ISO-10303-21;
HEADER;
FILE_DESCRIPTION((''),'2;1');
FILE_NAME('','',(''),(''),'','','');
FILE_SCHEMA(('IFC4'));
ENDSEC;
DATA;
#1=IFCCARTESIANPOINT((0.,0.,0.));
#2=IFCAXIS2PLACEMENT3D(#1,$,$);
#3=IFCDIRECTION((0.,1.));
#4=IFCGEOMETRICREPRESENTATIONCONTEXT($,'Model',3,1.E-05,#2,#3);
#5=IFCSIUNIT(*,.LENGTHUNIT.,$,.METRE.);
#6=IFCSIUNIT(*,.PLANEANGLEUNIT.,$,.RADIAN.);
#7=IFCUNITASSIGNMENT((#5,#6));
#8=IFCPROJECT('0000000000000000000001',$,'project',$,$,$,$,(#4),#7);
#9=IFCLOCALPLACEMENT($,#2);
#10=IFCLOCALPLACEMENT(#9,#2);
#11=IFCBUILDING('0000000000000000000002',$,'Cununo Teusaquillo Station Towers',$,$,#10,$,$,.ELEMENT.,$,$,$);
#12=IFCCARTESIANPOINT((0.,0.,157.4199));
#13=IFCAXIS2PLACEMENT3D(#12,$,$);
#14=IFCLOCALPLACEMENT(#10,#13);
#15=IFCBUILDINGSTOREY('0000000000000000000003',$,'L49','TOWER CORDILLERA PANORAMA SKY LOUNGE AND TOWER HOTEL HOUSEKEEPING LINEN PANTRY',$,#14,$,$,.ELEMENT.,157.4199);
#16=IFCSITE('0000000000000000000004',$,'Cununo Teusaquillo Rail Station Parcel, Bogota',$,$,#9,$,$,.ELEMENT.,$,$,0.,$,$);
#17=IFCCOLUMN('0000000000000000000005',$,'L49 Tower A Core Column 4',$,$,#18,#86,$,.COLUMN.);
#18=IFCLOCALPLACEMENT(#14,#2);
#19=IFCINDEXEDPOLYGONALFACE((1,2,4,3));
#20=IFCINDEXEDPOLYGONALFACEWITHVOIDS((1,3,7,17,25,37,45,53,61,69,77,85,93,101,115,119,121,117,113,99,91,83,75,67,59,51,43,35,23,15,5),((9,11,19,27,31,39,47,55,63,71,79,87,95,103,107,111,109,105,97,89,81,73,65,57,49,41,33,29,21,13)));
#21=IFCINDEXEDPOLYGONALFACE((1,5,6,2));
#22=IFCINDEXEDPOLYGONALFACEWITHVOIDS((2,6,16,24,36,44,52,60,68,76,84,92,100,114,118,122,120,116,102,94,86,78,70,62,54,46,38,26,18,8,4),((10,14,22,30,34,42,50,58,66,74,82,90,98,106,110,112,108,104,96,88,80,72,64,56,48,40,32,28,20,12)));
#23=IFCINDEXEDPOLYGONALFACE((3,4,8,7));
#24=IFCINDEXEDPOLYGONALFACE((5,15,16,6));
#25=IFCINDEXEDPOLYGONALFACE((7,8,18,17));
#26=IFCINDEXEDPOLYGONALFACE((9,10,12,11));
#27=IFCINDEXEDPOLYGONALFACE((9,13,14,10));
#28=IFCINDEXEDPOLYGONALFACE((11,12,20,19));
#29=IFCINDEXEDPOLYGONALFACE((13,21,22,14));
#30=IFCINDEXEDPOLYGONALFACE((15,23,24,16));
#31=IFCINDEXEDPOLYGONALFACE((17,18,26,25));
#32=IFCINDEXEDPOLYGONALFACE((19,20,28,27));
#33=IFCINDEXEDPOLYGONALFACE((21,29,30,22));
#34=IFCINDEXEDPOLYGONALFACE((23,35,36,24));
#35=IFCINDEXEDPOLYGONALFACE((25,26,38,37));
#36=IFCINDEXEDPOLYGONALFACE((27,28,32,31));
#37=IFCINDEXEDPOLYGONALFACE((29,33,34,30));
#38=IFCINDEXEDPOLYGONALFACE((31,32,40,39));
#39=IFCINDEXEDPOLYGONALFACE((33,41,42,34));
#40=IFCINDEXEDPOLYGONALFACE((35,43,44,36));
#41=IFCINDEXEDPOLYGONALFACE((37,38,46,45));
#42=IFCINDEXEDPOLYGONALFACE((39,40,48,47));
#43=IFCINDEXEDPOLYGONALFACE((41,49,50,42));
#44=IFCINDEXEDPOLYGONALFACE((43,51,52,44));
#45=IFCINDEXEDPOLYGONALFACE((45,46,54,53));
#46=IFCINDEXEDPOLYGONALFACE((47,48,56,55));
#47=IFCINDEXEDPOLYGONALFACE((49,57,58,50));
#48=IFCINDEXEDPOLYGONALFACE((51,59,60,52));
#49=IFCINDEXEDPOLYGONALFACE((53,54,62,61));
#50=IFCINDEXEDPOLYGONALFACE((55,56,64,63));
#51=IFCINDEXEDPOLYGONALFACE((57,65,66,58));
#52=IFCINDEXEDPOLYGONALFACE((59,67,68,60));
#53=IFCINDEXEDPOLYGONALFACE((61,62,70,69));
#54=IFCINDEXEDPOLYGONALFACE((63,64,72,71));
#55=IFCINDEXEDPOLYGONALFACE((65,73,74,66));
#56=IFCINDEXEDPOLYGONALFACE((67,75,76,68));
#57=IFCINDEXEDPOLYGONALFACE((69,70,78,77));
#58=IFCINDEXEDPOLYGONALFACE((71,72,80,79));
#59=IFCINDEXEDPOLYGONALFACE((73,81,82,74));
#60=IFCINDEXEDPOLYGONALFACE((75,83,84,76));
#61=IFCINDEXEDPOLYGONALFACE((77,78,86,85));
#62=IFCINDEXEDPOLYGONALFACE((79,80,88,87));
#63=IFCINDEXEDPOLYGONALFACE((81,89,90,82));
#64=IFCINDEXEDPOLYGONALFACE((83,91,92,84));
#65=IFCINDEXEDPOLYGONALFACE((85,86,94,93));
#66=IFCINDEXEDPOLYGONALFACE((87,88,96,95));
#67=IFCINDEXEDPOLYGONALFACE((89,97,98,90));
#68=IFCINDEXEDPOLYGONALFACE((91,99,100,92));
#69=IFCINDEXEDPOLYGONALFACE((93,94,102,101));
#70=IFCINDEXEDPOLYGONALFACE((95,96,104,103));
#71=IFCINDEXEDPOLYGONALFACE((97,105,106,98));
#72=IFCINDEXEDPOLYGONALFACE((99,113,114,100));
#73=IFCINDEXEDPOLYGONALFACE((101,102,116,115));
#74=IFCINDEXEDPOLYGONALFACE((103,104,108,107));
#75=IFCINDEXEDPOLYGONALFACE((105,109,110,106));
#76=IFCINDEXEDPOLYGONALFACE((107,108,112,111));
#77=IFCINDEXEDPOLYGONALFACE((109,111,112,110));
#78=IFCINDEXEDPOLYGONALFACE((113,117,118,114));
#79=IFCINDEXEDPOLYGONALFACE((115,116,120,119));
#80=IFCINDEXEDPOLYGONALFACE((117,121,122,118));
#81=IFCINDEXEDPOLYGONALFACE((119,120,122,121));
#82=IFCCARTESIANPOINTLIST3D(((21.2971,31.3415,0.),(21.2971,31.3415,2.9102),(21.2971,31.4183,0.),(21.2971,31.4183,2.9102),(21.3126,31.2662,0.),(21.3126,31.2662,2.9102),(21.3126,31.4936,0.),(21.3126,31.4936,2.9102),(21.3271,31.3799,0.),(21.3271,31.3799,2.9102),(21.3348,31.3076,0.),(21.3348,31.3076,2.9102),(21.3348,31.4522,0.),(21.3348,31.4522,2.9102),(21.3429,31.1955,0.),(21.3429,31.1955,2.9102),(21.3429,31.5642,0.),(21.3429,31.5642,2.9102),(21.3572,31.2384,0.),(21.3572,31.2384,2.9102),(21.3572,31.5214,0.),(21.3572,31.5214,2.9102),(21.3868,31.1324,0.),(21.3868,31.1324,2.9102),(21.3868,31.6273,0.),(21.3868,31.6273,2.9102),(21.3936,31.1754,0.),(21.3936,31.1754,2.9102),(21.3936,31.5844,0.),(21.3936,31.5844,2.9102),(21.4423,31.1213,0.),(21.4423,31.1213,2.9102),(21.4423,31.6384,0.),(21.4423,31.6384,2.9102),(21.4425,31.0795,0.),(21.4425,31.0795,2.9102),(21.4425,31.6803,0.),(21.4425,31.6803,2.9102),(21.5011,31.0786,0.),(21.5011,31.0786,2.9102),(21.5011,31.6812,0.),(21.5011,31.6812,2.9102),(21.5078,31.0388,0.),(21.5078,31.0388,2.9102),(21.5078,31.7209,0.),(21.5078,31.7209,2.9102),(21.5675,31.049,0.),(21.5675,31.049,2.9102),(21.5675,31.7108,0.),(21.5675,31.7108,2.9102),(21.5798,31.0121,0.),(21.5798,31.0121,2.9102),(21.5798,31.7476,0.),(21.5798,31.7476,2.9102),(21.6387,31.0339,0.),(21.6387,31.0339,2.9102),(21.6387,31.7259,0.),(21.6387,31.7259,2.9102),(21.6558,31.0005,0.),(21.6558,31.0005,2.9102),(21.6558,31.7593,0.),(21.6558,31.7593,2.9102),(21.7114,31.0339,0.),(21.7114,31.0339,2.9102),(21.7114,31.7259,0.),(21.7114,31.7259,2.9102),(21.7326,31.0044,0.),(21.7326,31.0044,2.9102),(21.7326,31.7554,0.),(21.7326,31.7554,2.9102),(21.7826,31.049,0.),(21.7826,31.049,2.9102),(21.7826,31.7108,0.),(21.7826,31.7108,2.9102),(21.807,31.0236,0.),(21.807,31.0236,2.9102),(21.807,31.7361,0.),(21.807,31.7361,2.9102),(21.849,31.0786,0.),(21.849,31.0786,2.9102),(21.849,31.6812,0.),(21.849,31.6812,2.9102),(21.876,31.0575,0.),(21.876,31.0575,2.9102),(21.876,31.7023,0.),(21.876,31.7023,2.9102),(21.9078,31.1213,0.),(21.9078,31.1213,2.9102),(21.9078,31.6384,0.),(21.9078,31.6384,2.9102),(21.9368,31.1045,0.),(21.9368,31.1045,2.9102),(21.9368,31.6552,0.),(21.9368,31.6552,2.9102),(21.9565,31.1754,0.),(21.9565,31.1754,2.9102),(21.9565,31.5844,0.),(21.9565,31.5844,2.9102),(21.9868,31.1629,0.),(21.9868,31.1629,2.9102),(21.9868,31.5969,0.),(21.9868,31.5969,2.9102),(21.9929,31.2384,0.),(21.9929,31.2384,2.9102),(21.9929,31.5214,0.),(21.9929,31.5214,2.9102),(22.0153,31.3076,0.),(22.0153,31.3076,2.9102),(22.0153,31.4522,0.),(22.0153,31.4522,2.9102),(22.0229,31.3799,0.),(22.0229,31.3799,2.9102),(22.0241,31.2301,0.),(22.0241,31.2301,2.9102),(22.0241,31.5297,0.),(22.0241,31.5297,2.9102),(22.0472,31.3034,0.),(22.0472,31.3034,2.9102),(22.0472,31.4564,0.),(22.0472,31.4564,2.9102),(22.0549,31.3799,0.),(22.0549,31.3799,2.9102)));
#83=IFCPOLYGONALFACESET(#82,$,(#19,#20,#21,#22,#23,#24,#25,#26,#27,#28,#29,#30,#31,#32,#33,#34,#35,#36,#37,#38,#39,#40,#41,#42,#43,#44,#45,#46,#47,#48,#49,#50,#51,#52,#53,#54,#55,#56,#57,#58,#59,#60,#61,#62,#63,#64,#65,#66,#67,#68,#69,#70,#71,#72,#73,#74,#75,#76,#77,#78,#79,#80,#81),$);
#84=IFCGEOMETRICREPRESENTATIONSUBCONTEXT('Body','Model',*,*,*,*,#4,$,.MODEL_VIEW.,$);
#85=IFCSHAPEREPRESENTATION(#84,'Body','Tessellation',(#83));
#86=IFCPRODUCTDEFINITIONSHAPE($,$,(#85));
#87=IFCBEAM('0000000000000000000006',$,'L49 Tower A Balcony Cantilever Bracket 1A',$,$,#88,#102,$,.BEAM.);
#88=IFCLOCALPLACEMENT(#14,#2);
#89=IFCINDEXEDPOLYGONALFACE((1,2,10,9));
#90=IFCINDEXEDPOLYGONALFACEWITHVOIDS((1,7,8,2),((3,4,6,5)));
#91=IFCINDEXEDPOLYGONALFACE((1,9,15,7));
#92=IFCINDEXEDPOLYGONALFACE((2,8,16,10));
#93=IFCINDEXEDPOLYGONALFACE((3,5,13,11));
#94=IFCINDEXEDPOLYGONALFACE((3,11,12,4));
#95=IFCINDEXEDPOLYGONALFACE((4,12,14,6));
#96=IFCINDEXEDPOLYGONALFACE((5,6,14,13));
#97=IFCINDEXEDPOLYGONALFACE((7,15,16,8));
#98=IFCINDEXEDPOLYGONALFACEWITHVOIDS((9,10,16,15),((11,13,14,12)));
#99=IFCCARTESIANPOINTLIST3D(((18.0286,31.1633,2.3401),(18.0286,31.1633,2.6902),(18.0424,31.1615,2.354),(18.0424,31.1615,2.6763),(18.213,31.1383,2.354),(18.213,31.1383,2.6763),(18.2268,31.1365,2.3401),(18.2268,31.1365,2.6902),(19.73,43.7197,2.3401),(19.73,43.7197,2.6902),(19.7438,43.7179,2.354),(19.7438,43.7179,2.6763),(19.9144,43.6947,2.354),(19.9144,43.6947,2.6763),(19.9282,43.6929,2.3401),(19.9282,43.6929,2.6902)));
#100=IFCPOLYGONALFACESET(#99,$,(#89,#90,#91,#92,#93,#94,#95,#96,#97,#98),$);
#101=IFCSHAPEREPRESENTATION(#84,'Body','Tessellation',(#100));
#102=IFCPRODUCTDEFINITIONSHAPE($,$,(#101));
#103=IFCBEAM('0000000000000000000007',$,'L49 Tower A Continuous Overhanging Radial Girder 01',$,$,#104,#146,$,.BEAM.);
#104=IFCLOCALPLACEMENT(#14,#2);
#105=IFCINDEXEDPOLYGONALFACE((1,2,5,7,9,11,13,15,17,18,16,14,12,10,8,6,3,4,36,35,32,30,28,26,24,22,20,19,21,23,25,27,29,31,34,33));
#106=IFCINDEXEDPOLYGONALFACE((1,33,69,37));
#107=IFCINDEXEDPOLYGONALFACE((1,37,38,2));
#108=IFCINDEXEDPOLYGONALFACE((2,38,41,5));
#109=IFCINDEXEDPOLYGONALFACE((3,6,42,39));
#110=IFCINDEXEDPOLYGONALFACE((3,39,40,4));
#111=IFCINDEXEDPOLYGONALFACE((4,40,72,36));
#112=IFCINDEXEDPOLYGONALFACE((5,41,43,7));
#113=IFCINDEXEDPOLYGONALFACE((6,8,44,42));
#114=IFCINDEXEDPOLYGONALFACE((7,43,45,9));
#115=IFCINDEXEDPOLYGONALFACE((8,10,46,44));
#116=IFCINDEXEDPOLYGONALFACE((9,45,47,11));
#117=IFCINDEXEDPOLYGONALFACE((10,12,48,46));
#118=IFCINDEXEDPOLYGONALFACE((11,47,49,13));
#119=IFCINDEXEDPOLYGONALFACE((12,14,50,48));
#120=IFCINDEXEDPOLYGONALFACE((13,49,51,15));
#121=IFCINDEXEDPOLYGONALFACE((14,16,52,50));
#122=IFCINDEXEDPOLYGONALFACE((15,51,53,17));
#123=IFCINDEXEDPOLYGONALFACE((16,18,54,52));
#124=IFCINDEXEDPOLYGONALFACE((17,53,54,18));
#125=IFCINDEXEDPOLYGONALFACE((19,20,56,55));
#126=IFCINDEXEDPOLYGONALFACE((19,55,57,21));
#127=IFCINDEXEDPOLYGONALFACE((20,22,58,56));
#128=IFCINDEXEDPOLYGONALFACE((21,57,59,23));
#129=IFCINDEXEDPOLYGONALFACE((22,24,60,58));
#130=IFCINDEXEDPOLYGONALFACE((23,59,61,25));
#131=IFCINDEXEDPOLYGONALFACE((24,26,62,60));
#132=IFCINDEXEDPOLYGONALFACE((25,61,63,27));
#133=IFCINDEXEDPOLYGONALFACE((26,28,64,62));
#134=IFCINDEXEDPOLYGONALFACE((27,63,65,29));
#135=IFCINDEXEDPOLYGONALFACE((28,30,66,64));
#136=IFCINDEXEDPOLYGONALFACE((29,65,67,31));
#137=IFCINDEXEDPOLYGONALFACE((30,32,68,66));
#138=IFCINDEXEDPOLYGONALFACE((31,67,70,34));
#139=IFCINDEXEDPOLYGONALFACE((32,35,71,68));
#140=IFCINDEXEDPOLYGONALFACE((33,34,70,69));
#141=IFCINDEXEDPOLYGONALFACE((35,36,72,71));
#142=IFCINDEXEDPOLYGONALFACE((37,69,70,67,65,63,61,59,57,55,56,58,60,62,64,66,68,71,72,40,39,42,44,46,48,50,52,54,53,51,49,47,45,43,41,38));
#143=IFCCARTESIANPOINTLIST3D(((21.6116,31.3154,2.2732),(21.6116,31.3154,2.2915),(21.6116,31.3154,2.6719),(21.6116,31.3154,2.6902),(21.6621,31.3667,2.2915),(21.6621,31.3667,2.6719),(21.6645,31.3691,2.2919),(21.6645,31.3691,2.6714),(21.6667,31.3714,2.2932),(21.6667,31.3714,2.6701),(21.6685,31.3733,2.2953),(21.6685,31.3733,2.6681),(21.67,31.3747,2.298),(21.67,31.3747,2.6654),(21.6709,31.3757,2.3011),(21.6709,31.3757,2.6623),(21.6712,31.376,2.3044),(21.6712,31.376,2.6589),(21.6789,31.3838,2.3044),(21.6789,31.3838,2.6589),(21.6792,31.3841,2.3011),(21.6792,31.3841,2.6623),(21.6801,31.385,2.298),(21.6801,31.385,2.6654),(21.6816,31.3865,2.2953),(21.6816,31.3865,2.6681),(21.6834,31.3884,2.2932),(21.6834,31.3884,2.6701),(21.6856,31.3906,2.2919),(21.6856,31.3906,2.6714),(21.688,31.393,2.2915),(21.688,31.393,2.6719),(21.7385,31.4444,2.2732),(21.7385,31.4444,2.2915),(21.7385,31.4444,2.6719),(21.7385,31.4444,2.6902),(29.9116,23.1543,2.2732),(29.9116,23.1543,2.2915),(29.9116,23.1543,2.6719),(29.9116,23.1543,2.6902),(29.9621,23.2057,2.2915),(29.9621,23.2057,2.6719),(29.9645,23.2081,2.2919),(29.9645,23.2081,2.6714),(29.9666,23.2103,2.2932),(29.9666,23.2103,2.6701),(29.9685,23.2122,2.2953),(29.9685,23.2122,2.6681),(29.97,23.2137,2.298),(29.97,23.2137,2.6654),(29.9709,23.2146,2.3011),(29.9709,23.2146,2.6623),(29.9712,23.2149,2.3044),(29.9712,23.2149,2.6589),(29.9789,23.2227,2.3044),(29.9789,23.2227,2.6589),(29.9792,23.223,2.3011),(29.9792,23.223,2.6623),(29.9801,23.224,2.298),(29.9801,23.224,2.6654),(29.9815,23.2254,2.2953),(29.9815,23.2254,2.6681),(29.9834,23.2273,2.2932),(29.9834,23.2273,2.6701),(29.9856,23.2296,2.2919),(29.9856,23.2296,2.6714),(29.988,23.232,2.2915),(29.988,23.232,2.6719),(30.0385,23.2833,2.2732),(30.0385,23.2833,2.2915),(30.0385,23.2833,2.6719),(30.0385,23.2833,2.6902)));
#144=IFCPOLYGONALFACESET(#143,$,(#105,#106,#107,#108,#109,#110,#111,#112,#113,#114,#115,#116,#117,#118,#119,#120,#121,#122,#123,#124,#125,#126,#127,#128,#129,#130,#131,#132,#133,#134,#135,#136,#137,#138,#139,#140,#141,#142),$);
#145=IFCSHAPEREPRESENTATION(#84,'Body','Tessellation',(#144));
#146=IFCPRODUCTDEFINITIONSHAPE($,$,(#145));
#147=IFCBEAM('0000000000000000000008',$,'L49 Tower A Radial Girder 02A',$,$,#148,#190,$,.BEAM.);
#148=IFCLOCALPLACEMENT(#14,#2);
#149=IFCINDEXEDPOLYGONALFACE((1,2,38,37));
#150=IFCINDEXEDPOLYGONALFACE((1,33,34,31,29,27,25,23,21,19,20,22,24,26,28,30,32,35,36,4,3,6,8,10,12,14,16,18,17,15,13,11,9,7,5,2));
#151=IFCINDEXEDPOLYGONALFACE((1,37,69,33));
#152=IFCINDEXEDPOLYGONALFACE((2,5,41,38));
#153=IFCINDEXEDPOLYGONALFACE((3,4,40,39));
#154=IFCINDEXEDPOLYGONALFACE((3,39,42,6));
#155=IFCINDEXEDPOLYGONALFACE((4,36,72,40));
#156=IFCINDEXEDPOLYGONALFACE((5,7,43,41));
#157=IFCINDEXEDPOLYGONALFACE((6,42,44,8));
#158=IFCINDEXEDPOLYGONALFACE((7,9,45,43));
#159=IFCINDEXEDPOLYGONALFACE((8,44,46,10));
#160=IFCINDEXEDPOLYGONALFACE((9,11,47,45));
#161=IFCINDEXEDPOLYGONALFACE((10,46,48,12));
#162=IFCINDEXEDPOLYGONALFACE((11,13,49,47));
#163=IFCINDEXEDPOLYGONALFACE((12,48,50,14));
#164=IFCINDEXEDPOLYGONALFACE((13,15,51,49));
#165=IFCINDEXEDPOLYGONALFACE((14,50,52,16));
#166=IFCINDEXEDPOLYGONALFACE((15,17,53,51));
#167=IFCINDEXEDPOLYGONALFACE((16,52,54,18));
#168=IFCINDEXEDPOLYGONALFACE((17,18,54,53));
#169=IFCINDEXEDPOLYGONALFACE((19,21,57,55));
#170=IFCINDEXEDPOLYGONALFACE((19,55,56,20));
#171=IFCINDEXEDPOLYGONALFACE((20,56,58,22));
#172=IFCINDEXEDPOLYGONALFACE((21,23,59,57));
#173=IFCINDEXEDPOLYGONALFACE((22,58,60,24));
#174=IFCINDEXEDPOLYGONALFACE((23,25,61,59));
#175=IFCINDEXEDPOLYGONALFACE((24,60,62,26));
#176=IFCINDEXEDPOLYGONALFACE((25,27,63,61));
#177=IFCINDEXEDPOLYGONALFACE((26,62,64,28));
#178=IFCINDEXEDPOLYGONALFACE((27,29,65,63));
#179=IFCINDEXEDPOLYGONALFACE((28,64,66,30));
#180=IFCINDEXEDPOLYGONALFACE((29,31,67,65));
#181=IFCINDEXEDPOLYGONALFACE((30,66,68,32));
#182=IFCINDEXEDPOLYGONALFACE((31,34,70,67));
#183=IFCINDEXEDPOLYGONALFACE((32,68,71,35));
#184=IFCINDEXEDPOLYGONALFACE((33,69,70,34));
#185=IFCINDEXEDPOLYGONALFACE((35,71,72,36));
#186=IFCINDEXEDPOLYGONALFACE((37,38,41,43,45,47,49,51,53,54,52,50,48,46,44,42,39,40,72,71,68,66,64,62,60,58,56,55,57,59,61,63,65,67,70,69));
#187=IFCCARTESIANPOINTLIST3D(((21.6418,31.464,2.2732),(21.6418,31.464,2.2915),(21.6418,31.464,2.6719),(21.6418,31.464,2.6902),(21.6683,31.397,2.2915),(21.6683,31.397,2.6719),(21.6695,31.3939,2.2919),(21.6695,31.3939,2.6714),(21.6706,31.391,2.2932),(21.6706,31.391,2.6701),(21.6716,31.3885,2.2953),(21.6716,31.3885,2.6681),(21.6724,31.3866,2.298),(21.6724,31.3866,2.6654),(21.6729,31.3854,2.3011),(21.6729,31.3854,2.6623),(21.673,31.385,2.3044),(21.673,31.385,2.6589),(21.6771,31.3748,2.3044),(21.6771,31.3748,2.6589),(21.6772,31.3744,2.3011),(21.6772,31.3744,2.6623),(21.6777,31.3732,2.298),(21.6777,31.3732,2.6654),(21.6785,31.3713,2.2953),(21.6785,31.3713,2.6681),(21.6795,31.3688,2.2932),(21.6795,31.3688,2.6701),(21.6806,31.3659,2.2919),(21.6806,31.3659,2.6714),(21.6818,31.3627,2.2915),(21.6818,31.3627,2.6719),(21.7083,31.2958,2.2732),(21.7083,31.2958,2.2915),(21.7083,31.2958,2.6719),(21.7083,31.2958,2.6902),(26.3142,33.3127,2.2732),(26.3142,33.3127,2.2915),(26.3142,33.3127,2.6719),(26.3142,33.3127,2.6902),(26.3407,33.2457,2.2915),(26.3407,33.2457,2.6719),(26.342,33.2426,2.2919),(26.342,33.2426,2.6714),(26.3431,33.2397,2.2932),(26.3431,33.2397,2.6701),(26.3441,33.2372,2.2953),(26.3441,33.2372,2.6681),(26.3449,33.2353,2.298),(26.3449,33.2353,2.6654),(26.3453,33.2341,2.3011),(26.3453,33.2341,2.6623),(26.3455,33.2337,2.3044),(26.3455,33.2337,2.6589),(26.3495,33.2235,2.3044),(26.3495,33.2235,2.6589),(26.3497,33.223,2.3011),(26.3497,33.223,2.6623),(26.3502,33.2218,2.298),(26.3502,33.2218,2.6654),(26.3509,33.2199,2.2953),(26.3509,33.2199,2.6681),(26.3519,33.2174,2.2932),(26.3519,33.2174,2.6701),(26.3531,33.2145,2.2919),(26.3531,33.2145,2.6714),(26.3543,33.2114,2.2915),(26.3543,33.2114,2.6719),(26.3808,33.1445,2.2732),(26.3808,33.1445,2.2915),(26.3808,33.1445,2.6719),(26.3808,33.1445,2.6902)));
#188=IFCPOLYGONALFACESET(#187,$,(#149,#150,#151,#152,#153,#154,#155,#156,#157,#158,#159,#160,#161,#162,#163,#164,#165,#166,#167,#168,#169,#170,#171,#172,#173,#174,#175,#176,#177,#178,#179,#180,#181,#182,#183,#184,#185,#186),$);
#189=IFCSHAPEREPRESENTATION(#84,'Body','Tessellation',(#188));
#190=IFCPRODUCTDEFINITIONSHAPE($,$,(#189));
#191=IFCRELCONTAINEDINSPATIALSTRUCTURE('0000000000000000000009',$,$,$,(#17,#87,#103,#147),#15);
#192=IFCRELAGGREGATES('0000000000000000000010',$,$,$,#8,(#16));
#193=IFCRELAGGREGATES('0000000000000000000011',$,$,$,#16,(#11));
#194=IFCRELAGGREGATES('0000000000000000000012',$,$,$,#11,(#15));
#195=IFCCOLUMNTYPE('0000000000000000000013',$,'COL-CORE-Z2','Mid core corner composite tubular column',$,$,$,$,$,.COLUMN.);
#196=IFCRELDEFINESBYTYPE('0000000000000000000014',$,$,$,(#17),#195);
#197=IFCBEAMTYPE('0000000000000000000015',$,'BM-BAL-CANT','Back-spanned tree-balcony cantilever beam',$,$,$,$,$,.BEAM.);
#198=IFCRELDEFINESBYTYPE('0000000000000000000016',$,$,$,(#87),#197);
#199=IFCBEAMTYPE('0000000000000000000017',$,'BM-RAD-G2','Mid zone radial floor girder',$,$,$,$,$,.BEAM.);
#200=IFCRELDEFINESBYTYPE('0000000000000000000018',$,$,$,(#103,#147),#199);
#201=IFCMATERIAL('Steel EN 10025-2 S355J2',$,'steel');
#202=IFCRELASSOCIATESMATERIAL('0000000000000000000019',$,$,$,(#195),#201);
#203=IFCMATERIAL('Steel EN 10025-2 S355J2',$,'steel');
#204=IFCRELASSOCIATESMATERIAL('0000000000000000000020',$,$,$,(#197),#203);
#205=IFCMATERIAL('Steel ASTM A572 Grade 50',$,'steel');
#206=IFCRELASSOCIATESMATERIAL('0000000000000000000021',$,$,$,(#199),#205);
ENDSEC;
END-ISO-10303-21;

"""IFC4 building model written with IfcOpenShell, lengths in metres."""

from ifc_helpers import new_model, si_unit, direction, frame, origin, origin_2d, place, context, subcontext, project, spatial, hollow_rectangle, hollow_circle, i_section, extrude, material, material_profile, profile_set, type_object, element, save


model = new_model("IFC4")

# Units and contexts
model_context = context("Model", 3, precision=1e-05, world=origin(), true_north=direction((0.0, 1.0)))
body_context = subcontext(model_context, "Body", "Model", "MODEL_VIEW")
ifc_project = project(units=[si_unit("LENGTHUNIT", "METRE"), si_unit("PLANEANGLEUNIT", "RADIAN")], contexts=[model_context])

# Site, building, storey
site_placement = place(None, origin())
site = spatial("IfcSite", under=ifc_project, at=site_placement, Name="Cununo Teusaquillo Rail Station Parcel, Bogota", CompositionType="ELEMENT", RefElevation=0.0)
building_placement = place(site_placement, origin())
building = spatial("IfcBuilding", under=site, at=building_placement, Name="Cununo Teusaquillo Station Towers", CompositionType="ELEMENT")
storey_placement = place(building_placement, frame((0.0, 0.0, 157.4199)))
storey = spatial("IfcBuildingStorey", under=building, at=storey_placement, Name="L49", Description="TOWER CORDILLERA PANORAMA SKY LOUNGE AND TOWER HOTEL HOUSEKEEPING LINEN PANTRY", CompositionType="ELEMENT", Elevation=157.4199)

# Column
ifc_material_1 = material(Name="Steel EN 10025-2 S355J2", Category="steel")
ifc_material_profile_1 = material_profile(ifc_material_1, hollow_circle(Radius=0.3799, WallThickness=0.032, at=origin_2d()), Name="CHS 760x32")
ifc_profile_set_1 = profile_set([ifc_material_profile_1], Name="Steel EN 10025-2 S355J2")
column_type = type_object("IfcColumnType", Name="COL-CORE-Z2", Description="Mid core corner composite tubular column", PredefinedType="COLUMN", material=ifc_profile_set_1)
column_placement = place(storey_placement, frame((21.675, 31.3799, 0.0), z_axis=(0.0, 0.0, 1.0), x_axis=(1.0, 0.0, 0.0)))
element("IfcColumn", 1, at=column_placement, inside=storey, type_object=column_type, Name="L49 Tower A Core Column 4", PredefinedType="COLUMN", context=body_context, shape_type="SweptSolid", body=[
    extrude(hollow_circle(Radius=0.3799, WallThickness=0.032, at=origin_2d()), origin(), (0.0, 0.0, 1.0), 2.9102),
])

# Beams
ifc_material_2 = material(Name="Steel EN 10025-2 S355J2", Category="steel")
ifc_material_profile_2 = material_profile(ifc_material_2, hollow_rectangle(XDim=0.2, YDim=0.3501, WallThickness=0.0139, at=origin_2d()), Name="RHS 350x200x14")
ifc_profile_set_2 = profile_set([ifc_material_profile_2], Name="Steel EN 10025-2 S355J2")
beam_type_1 = type_object("IfcBeamType", Name="BM-BAL-CANT", Description="Back-spanned tree-balcony cantilever beam", PredefinedType="BEAM", material=ifc_profile_set_2)
beam_1_placement = place(storey_placement, frame((18.1277, 31.1499, 2.5151), z_axis=(0.134275, 0.990944, 0.0), x_axis=(-0.990944, 0.134275, 0.0)))
element("IfcBeam", 2, at=beam_1_placement, inside=storey, type_object=beam_type_1, Name="L49 Tower A Balcony Cantilever Bracket 1A", PredefinedType="BEAM", context=body_context, shape_type="SweptSolid", body=[
    extrude(hollow_rectangle(XDim=0.2, YDim=0.3501, WallThickness=0.0139, at=origin_2d()), origin(), (0.0, 0.0, 1.0), 12.6711),
])
ifc_material_3 = material(Name="Steel ASTM A572 Grade 50", Category="steel")
ifc_material_profile_3 = material_profile(ifc_material_3, i_section(OverallWidth=0.1809, OverallDepth=0.417, WebThickness=0.011, FlangeThickness=0.0183, FilletRadius=0.0129, at=origin_2d()), Name="W16X57")
ifc_profile_set_3 = profile_set([ifc_material_profile_3], Name="Steel ASTM A572 Grade 50")
beam_type_2 = type_object("IfcBeamType", Name="BM-RAD-G2", Description="Mid zone radial floor girder", PredefinedType="BEAM", material=ifc_profile_set_3)
beam_2_placement = place(storey_placement, frame((21.675, 31.3799, 2.4817), z_axis=(0.713049, -0.701115, 0.0), x_axis=(0.701115, 0.713049, 0.0)))
element("IfcBeam", 3, at=beam_2_placement, inside=storey, type_object=beam_type_2, Name="L49 Tower A Continuous Overhanging Radial Girder 01", PredefinedType="BEAM", context=body_context, shape_type="SweptSolid", body=[
    extrude(i_section(OverallWidth=0.1809, OverallDepth=0.417, WebThickness=0.011, FlangeThickness=0.0183, FilletRadius=0.0129, at=origin_2d()), origin(), (0.0, 0.0, 1.0), 11.6401),
])
beam_3_placement = place(storey_placement, frame((21.675, 31.3799, 2.4817), z_axis=(0.929864, 0.367903, 0.0), x_axis=(-0.367903, 0.929864, 0.0)))
element("IfcBeam", 4, at=beam_3_placement, inside=storey, type_object=beam_type_2, Name="L49 Tower A Radial Girder 02A", PredefinedType="BEAM", context=body_context, shape_type="SweptSolid", body=[
    extrude(i_section(OverallWidth=0.1809, OverallDepth=0.417, WebThickness=0.011, FlangeThickness=0.0183, FilletRadius=0.0129, at=origin_2d()), origin(), (0.0, 0.0, 1.0), 5.0249),
])

save(model, "model.ifc")
